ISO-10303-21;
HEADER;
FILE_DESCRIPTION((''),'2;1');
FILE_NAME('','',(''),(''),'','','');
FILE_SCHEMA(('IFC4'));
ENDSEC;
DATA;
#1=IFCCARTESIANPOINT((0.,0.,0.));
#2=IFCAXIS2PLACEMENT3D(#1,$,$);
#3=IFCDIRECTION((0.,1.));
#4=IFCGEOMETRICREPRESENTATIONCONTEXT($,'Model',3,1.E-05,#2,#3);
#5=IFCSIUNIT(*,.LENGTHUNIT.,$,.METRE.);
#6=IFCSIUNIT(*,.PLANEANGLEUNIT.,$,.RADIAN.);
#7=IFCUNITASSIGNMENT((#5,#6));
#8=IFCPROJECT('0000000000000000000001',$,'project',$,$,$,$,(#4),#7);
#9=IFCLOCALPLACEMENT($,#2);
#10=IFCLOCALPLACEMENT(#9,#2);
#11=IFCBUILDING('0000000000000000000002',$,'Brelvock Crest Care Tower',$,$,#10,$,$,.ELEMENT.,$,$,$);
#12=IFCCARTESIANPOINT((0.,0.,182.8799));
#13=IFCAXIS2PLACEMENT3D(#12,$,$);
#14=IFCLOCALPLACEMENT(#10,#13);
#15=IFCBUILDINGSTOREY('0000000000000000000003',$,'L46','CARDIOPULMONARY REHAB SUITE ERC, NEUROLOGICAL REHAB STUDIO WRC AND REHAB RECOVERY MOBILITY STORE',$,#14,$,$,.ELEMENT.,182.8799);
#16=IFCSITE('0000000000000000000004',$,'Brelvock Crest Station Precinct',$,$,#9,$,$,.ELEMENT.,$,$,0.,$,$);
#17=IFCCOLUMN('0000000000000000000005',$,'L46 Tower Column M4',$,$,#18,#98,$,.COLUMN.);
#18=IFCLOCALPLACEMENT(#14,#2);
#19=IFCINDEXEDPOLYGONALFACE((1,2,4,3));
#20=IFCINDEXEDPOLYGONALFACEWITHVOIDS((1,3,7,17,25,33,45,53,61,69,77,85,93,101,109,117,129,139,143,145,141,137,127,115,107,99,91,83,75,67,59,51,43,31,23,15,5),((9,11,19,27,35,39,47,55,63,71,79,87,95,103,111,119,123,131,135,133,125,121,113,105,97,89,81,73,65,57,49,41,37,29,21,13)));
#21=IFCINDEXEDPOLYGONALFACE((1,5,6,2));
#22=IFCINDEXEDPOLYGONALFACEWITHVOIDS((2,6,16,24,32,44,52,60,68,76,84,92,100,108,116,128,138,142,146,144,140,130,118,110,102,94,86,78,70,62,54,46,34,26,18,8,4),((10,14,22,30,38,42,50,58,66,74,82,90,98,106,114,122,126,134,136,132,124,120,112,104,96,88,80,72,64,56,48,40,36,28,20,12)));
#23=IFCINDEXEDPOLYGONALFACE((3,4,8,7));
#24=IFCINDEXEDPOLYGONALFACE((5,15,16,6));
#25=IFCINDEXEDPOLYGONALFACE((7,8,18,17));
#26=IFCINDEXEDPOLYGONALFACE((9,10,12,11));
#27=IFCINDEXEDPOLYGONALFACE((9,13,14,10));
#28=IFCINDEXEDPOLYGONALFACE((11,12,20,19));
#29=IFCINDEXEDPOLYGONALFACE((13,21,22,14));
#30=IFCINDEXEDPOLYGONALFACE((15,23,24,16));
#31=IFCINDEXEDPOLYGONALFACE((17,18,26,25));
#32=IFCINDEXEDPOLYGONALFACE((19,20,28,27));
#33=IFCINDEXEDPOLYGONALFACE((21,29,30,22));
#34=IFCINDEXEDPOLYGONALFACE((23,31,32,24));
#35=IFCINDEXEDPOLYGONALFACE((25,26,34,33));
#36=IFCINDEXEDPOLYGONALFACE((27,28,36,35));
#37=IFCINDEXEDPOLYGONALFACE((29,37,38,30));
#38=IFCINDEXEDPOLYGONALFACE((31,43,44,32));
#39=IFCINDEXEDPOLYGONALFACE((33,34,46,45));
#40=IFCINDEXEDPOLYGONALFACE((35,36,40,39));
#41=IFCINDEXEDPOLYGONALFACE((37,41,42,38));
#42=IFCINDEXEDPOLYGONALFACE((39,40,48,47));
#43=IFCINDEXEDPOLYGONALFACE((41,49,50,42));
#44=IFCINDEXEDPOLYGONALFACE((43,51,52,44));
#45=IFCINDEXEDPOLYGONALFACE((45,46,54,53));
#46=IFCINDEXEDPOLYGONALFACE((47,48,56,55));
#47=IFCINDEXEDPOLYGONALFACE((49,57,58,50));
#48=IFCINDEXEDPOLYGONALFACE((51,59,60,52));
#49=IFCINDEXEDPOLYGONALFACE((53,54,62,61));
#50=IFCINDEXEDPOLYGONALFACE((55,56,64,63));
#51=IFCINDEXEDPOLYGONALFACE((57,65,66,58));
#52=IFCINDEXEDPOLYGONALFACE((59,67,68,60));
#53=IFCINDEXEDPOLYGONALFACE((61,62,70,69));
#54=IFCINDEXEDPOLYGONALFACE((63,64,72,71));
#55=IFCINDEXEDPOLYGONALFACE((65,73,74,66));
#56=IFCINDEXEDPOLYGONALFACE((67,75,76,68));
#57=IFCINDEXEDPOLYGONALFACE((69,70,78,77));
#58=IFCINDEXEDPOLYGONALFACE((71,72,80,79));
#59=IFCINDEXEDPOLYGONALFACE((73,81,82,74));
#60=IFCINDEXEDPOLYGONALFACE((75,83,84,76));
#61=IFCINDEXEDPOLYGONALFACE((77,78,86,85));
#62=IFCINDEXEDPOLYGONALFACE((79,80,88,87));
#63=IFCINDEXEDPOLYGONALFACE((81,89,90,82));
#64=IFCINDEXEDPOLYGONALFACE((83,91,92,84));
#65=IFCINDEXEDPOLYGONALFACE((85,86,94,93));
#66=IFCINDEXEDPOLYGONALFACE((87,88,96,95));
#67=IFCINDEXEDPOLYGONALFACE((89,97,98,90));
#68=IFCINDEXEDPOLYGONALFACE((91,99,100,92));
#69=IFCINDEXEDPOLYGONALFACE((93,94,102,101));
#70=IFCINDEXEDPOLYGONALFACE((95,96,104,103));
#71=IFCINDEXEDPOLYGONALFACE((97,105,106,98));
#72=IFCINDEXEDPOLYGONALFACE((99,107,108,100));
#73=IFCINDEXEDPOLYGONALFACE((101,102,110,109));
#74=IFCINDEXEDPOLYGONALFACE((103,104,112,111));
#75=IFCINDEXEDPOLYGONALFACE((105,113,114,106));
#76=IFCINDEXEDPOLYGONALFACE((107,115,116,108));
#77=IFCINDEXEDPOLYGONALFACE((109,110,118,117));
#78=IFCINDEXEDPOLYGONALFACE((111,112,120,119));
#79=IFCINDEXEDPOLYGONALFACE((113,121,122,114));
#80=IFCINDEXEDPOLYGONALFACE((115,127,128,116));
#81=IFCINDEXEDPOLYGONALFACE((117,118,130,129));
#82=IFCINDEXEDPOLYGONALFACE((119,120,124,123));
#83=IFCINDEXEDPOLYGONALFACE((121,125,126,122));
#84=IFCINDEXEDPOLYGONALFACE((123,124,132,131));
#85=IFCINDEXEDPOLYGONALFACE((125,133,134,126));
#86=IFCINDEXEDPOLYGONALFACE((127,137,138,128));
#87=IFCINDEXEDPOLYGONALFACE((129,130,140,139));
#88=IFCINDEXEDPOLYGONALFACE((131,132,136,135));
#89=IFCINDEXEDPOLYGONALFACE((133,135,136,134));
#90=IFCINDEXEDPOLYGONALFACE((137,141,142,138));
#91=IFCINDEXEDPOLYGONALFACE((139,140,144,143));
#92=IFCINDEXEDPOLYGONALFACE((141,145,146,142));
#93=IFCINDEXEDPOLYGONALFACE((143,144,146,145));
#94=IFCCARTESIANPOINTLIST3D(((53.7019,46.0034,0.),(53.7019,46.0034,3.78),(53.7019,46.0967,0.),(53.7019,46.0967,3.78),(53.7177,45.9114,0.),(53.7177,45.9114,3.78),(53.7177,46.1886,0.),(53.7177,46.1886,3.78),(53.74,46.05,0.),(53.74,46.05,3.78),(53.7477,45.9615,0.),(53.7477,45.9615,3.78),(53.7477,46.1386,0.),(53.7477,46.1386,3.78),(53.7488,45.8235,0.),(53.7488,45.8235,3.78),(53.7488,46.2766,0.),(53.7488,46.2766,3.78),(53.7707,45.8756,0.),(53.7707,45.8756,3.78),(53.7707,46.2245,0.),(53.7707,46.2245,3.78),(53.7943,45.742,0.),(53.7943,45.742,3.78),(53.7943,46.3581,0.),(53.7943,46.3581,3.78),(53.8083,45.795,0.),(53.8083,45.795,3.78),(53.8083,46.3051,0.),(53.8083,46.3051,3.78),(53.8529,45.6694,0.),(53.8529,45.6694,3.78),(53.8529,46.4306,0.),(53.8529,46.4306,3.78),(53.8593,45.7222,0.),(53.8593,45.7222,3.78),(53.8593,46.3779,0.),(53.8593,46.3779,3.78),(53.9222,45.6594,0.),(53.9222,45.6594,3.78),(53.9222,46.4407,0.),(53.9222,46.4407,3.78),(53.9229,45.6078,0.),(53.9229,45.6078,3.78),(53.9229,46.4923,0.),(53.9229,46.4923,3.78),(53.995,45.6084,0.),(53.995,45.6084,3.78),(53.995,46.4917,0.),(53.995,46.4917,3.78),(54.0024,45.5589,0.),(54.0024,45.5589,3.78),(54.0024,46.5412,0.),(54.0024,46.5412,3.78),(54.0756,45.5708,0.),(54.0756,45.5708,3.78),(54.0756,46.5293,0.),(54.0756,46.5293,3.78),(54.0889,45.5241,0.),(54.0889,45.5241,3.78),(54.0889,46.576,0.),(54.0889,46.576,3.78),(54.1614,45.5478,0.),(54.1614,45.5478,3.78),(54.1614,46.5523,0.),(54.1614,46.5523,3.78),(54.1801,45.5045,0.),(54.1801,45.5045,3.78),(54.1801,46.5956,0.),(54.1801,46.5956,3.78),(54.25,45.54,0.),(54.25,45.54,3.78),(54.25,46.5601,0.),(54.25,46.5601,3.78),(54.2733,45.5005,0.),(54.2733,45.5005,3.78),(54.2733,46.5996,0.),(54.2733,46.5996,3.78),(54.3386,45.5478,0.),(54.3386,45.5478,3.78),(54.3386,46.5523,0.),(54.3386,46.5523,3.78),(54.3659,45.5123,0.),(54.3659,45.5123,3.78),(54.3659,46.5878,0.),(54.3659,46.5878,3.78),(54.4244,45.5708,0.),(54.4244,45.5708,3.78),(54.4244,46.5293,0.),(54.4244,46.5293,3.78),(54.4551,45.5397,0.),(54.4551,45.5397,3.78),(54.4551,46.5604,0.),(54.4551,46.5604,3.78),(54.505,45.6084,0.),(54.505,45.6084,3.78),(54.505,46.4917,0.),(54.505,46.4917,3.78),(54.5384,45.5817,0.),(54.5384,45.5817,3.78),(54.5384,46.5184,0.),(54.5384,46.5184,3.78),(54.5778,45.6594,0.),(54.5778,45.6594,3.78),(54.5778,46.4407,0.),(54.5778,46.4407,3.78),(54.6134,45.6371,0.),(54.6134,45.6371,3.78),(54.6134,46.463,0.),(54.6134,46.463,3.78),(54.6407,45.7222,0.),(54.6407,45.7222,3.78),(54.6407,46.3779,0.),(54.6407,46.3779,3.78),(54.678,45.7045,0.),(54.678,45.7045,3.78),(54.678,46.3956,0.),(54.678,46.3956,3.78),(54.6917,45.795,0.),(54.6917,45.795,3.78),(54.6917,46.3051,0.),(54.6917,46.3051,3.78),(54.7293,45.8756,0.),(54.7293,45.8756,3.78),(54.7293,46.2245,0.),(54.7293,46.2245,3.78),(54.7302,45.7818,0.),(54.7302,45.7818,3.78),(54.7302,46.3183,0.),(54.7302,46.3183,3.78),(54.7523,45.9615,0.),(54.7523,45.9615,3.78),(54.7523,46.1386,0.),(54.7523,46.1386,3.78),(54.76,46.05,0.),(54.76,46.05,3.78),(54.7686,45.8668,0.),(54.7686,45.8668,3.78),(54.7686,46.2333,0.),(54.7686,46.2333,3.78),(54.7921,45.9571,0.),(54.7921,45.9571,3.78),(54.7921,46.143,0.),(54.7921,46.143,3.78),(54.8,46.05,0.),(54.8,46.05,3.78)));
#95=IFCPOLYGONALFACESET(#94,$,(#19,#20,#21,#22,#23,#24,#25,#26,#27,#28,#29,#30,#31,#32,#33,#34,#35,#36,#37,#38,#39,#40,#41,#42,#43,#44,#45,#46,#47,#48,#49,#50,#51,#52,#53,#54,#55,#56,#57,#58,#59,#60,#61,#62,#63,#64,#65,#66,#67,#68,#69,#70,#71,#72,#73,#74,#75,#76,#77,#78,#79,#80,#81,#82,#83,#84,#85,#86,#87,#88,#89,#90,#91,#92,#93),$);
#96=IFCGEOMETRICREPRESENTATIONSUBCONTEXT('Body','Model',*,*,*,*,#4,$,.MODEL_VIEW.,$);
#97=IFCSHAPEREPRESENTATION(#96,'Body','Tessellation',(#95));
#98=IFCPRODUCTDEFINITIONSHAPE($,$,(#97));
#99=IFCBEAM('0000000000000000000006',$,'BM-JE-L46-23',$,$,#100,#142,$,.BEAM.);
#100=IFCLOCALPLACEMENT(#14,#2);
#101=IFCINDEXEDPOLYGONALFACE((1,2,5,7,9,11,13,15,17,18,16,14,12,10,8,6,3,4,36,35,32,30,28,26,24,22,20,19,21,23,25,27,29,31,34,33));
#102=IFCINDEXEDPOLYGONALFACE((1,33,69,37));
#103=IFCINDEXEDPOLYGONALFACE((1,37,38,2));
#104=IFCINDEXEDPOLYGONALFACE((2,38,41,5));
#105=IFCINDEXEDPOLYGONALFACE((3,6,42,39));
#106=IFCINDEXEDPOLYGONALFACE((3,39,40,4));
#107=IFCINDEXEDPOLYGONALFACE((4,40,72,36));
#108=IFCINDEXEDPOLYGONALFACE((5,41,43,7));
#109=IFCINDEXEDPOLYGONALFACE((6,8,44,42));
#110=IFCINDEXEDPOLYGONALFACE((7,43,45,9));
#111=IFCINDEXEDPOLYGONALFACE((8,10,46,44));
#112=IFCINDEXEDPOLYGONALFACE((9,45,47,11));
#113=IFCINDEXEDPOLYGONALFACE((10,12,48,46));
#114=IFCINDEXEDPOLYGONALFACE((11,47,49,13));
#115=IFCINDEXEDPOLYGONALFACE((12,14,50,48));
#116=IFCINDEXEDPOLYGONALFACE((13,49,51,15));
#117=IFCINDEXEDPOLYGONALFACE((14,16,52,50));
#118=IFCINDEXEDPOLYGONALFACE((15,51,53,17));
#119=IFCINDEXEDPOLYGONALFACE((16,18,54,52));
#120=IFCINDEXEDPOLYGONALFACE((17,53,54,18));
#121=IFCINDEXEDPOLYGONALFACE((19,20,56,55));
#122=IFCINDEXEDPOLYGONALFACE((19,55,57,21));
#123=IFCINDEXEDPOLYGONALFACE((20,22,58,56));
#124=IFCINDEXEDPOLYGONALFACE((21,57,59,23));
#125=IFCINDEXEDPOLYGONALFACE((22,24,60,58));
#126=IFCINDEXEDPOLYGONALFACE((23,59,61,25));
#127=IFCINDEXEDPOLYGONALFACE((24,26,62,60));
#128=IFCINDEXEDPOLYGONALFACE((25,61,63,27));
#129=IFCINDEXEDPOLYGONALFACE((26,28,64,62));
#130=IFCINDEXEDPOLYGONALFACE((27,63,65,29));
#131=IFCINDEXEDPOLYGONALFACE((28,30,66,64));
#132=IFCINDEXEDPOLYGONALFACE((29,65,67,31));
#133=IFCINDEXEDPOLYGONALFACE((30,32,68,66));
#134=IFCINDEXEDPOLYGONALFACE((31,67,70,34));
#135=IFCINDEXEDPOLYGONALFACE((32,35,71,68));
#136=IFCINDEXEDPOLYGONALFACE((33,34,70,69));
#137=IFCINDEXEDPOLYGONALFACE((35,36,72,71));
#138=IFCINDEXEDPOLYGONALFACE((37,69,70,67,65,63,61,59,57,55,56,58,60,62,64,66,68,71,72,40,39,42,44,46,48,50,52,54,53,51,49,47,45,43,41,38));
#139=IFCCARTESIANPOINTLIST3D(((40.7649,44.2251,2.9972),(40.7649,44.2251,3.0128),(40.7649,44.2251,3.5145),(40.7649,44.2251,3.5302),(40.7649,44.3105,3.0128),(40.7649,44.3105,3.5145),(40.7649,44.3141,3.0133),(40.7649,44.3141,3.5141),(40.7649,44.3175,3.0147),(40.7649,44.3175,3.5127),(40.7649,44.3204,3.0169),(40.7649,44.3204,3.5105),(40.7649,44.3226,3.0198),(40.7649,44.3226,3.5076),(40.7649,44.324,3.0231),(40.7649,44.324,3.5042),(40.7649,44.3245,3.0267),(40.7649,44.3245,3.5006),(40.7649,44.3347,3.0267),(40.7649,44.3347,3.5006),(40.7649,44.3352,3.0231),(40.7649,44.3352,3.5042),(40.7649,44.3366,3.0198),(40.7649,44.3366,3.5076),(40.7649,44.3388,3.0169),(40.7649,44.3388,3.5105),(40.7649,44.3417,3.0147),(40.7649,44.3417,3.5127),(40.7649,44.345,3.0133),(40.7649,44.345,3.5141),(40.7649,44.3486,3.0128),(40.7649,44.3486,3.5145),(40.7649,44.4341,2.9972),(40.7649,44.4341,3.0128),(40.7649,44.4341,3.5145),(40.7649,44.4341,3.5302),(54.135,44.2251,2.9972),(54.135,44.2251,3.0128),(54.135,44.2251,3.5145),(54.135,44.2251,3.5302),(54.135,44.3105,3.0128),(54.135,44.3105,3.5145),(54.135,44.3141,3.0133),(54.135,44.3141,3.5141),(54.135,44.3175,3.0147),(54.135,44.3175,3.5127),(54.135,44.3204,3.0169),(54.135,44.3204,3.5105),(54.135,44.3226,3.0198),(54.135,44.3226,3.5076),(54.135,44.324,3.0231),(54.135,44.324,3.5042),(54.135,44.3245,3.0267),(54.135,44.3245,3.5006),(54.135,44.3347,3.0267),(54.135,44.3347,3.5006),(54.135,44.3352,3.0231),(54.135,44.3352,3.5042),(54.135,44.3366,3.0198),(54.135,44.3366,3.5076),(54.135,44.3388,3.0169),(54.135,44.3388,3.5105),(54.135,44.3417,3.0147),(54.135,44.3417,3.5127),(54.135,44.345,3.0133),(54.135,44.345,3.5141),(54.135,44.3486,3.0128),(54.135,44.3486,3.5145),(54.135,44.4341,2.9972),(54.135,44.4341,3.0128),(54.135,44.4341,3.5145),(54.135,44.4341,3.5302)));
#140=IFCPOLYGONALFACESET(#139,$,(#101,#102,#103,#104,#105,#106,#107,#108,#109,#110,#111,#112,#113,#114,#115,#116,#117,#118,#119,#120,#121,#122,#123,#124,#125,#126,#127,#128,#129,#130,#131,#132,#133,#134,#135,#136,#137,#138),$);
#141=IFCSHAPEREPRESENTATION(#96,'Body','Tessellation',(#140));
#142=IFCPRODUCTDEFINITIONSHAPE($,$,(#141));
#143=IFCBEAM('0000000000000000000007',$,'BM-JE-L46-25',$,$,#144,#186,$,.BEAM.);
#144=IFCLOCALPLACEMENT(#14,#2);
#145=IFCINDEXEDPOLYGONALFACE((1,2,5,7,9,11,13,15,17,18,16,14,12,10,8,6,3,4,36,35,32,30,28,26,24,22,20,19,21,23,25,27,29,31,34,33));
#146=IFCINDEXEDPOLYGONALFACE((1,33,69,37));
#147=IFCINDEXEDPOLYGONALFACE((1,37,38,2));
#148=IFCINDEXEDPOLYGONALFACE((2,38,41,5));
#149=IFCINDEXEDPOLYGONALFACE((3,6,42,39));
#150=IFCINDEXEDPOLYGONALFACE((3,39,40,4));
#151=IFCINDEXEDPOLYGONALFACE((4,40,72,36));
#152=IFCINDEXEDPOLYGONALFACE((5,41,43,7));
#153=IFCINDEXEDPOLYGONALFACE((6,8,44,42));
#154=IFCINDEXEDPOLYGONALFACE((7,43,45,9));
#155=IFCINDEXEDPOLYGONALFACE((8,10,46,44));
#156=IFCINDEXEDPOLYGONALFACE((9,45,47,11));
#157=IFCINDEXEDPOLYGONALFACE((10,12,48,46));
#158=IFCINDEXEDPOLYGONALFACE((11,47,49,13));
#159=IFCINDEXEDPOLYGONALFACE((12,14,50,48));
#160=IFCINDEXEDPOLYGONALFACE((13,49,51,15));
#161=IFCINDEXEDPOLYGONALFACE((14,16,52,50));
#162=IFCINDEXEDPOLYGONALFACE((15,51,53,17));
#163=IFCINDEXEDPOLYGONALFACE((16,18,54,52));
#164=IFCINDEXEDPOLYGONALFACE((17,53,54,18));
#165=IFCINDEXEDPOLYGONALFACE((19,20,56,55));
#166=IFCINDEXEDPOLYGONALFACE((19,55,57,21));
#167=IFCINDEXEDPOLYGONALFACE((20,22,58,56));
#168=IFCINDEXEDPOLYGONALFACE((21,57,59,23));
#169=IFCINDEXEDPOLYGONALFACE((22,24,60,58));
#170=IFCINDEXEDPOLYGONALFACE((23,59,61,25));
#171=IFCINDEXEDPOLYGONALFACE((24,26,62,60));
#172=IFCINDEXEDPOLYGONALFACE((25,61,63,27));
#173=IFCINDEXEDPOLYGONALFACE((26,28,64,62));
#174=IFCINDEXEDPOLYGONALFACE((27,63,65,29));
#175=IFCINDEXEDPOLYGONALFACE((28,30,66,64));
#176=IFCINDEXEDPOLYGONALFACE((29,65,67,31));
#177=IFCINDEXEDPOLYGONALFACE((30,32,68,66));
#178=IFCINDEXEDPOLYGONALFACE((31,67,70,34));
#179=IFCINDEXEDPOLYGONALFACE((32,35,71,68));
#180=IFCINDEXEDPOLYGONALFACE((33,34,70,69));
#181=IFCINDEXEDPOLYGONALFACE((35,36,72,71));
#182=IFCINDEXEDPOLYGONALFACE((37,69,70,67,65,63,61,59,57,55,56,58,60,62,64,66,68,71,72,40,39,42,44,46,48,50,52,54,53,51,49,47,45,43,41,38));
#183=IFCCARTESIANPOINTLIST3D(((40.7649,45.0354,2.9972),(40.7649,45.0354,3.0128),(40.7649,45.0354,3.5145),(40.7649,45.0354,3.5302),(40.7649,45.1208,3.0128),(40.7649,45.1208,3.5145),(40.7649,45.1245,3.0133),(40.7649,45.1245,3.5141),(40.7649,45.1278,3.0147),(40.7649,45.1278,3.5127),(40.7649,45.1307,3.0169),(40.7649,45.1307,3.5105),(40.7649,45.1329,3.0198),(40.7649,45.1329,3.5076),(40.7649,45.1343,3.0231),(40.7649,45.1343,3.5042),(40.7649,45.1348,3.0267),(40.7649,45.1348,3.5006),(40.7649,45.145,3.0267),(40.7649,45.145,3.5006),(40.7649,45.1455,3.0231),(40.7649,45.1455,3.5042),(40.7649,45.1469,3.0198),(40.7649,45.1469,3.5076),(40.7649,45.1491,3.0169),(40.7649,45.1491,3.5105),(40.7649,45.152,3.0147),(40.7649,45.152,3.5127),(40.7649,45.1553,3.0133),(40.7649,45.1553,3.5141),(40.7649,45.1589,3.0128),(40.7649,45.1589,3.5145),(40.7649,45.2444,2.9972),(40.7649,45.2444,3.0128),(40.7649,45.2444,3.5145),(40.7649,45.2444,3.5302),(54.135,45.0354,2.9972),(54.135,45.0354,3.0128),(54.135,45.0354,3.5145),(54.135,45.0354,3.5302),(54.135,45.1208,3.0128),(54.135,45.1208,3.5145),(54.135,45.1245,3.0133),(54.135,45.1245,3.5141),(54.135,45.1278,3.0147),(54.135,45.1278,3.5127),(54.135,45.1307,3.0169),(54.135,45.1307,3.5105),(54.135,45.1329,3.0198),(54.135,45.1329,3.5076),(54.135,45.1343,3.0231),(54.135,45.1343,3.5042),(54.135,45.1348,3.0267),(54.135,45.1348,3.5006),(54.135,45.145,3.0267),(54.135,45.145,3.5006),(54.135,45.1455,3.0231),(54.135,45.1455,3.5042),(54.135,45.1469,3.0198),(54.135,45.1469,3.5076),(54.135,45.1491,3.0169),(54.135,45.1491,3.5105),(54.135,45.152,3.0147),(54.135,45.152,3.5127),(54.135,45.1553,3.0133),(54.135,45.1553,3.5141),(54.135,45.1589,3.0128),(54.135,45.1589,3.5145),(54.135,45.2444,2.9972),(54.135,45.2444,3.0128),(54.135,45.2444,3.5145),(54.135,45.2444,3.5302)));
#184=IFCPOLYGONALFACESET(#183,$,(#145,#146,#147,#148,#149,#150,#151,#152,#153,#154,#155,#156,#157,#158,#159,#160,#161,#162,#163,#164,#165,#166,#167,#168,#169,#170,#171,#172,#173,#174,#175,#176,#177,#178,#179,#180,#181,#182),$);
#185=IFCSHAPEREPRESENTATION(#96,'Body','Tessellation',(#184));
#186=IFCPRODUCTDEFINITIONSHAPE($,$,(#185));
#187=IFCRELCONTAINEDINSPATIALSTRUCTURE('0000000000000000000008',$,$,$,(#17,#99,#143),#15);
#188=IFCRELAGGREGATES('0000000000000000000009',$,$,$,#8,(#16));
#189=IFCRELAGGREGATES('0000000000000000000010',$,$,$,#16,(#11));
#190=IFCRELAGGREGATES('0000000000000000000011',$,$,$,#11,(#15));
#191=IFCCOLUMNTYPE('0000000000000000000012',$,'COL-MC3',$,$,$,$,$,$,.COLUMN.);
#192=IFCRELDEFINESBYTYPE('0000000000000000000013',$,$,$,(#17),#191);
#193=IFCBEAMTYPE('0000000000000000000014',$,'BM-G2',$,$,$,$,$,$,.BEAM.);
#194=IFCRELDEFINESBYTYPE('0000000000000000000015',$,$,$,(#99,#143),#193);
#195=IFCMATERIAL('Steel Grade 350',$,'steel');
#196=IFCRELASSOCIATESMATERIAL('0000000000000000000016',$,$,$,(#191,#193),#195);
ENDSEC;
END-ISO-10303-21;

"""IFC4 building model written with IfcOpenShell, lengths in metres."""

from ifc_helpers import new_model, si_unit, direction, frame, origin, origin_2d, place, context, subcontext, project, spatial, hollow_circle, i_section, extrude, source, transform, mapped, material, material_profile, profile_set, type_object, element, save


model = new_model("IFC4")

# Units and contexts
model_context = context("Model", 3, precision=1e-05, world=origin(), true_north=direction((0.0, 1.0)))
body_context = subcontext(model_context, "Body", "Model", "MODEL_VIEW")
ifc_project = project(units=[si_unit("LENGTHUNIT", "METRE"), si_unit("PLANEANGLEUNIT", "RADIAN")], contexts=[model_context])

# Site, building, storey
site_placement = place(None, origin())
site = spatial("IfcSite", under=ifc_project, at=site_placement, Name="Brelvock Crest Station Precinct", CompositionType="ELEMENT", RefElevation=0.0)
building_placement = place(site_placement, origin())
building = spatial("IfcBuilding", under=site, at=building_placement, Name="Brelvock Crest Care Tower", CompositionType="ELEMENT")
storey_placement = place(building_placement, frame((0.0, 0.0, 182.8799)))
storey = spatial("IfcBuildingStorey", under=building, at=storey_placement, Name="L46", Description="CARDIOPULMONARY REHAB SUITE ERC, NEUROLOGICAL REHAB STUDIO WRC AND REHAB RECOVERY MOBILITY STORE", CompositionType="ELEMENT", Elevation=182.8799)

# Column
ifc_material_1 = material(Name="Steel Grade 350", Category="steel")
ifc_material_profile_1 = material_profile(ifc_material_1, hollow_circle(Radius=0.55, WallThickness=0.04, at=origin_2d()), Name="CFT1100x40")
ifc_profile_set_1 = profile_set([ifc_material_profile_1], Name="Steel Grade 350")
column_type = type_object("IfcColumnType", Name="COL-MC3", PredefinedType="COLUMN", material=ifc_profile_set_1)
shared_shape_1 = source(origin(), body_context, "Body", "SweptSolid", [
    extrude(hollow_circle(Radius=0.55, WallThickness=0.04, at=origin_2d()), origin(), (0.0, 0.0, 1.0), 3.78),
])
column_placement = place(storey_placement, frame((54.25, 46.05, 0.0), z_axis=(0.0, 0.0, 1.0), x_axis=(1.0, 0.0, 0.0)))
element("IfcColumn", 1, at=column_placement, inside=storey, type_object=column_type, Name="L46 Tower Column M4", PredefinedType="COLUMN", context=body_context, shape_type="MappedRepresentation", body=[
    mapped(shared_shape_1, transform((0.0, 0.0, 0.0), x_axis=(1.0, 0.0, 0.0), y_axis=(0.0, 1.0, 0.0), z_axis=(0.0, 0.0, 1.0), scale=1.0)),
])

# Beams
ifc_material_profile_2 = material_profile(ifc_material_1, i_section(OverallWidth=0.209, OverallDepth=0.533, WebThickness=0.0103, FlangeThickness=0.0156, FilletRadius=0.0139, at=origin_2d()), Name="530UB92.4")
ifc_profile_set_2 = profile_set([ifc_material_profile_2], Name="Steel Grade 350")
beam_type_1 = type_object("IfcBeamType", Name="BM-G2", PredefinedType="BEAM", material=ifc_profile_set_2)
shared_shape_2 = source(origin(), body_context, "Body", "SweptSolid", [
    extrude(i_section(OverallWidth=0.209, OverallDepth=0.533, WebThickness=0.0103, FlangeThickness=0.0156, FilletRadius=0.0139, at=origin_2d()), origin(), (0.0, 0.0, 1.0), 13.3701),
])
for number, where, z_axis, x_axis, name in (
    (2, (40.7649, 44.3296, 3.2637), (1.0, 0.0, 0.0), (0.0, 1.0, 0.0), "BM-JE-L46-23"),
    (3, (40.7649, 45.1399, 3.2637), (1.0, 0.0, 0.0), (0.0, 1.0, 0.0), "BM-JE-L46-25"),
):
    element("IfcBeam", number, at=place(storey_placement, frame(where, z_axis=z_axis, x_axis=x_axis)), inside=storey, type_object=beam_type_1, Name=name, PredefinedType="BEAM", context=body_context, shape_type="MappedRepresentation", body=[
        mapped(shared_shape_2, transform((0.0, 0.0, 0.0), x_axis=(1.0, 0.0, 0.0), y_axis=(0.0, 1.0, 0.0), z_axis=(0.0, 0.0, 1.0), scale=1.0)),
    ])

save(model, "model.ifc")
